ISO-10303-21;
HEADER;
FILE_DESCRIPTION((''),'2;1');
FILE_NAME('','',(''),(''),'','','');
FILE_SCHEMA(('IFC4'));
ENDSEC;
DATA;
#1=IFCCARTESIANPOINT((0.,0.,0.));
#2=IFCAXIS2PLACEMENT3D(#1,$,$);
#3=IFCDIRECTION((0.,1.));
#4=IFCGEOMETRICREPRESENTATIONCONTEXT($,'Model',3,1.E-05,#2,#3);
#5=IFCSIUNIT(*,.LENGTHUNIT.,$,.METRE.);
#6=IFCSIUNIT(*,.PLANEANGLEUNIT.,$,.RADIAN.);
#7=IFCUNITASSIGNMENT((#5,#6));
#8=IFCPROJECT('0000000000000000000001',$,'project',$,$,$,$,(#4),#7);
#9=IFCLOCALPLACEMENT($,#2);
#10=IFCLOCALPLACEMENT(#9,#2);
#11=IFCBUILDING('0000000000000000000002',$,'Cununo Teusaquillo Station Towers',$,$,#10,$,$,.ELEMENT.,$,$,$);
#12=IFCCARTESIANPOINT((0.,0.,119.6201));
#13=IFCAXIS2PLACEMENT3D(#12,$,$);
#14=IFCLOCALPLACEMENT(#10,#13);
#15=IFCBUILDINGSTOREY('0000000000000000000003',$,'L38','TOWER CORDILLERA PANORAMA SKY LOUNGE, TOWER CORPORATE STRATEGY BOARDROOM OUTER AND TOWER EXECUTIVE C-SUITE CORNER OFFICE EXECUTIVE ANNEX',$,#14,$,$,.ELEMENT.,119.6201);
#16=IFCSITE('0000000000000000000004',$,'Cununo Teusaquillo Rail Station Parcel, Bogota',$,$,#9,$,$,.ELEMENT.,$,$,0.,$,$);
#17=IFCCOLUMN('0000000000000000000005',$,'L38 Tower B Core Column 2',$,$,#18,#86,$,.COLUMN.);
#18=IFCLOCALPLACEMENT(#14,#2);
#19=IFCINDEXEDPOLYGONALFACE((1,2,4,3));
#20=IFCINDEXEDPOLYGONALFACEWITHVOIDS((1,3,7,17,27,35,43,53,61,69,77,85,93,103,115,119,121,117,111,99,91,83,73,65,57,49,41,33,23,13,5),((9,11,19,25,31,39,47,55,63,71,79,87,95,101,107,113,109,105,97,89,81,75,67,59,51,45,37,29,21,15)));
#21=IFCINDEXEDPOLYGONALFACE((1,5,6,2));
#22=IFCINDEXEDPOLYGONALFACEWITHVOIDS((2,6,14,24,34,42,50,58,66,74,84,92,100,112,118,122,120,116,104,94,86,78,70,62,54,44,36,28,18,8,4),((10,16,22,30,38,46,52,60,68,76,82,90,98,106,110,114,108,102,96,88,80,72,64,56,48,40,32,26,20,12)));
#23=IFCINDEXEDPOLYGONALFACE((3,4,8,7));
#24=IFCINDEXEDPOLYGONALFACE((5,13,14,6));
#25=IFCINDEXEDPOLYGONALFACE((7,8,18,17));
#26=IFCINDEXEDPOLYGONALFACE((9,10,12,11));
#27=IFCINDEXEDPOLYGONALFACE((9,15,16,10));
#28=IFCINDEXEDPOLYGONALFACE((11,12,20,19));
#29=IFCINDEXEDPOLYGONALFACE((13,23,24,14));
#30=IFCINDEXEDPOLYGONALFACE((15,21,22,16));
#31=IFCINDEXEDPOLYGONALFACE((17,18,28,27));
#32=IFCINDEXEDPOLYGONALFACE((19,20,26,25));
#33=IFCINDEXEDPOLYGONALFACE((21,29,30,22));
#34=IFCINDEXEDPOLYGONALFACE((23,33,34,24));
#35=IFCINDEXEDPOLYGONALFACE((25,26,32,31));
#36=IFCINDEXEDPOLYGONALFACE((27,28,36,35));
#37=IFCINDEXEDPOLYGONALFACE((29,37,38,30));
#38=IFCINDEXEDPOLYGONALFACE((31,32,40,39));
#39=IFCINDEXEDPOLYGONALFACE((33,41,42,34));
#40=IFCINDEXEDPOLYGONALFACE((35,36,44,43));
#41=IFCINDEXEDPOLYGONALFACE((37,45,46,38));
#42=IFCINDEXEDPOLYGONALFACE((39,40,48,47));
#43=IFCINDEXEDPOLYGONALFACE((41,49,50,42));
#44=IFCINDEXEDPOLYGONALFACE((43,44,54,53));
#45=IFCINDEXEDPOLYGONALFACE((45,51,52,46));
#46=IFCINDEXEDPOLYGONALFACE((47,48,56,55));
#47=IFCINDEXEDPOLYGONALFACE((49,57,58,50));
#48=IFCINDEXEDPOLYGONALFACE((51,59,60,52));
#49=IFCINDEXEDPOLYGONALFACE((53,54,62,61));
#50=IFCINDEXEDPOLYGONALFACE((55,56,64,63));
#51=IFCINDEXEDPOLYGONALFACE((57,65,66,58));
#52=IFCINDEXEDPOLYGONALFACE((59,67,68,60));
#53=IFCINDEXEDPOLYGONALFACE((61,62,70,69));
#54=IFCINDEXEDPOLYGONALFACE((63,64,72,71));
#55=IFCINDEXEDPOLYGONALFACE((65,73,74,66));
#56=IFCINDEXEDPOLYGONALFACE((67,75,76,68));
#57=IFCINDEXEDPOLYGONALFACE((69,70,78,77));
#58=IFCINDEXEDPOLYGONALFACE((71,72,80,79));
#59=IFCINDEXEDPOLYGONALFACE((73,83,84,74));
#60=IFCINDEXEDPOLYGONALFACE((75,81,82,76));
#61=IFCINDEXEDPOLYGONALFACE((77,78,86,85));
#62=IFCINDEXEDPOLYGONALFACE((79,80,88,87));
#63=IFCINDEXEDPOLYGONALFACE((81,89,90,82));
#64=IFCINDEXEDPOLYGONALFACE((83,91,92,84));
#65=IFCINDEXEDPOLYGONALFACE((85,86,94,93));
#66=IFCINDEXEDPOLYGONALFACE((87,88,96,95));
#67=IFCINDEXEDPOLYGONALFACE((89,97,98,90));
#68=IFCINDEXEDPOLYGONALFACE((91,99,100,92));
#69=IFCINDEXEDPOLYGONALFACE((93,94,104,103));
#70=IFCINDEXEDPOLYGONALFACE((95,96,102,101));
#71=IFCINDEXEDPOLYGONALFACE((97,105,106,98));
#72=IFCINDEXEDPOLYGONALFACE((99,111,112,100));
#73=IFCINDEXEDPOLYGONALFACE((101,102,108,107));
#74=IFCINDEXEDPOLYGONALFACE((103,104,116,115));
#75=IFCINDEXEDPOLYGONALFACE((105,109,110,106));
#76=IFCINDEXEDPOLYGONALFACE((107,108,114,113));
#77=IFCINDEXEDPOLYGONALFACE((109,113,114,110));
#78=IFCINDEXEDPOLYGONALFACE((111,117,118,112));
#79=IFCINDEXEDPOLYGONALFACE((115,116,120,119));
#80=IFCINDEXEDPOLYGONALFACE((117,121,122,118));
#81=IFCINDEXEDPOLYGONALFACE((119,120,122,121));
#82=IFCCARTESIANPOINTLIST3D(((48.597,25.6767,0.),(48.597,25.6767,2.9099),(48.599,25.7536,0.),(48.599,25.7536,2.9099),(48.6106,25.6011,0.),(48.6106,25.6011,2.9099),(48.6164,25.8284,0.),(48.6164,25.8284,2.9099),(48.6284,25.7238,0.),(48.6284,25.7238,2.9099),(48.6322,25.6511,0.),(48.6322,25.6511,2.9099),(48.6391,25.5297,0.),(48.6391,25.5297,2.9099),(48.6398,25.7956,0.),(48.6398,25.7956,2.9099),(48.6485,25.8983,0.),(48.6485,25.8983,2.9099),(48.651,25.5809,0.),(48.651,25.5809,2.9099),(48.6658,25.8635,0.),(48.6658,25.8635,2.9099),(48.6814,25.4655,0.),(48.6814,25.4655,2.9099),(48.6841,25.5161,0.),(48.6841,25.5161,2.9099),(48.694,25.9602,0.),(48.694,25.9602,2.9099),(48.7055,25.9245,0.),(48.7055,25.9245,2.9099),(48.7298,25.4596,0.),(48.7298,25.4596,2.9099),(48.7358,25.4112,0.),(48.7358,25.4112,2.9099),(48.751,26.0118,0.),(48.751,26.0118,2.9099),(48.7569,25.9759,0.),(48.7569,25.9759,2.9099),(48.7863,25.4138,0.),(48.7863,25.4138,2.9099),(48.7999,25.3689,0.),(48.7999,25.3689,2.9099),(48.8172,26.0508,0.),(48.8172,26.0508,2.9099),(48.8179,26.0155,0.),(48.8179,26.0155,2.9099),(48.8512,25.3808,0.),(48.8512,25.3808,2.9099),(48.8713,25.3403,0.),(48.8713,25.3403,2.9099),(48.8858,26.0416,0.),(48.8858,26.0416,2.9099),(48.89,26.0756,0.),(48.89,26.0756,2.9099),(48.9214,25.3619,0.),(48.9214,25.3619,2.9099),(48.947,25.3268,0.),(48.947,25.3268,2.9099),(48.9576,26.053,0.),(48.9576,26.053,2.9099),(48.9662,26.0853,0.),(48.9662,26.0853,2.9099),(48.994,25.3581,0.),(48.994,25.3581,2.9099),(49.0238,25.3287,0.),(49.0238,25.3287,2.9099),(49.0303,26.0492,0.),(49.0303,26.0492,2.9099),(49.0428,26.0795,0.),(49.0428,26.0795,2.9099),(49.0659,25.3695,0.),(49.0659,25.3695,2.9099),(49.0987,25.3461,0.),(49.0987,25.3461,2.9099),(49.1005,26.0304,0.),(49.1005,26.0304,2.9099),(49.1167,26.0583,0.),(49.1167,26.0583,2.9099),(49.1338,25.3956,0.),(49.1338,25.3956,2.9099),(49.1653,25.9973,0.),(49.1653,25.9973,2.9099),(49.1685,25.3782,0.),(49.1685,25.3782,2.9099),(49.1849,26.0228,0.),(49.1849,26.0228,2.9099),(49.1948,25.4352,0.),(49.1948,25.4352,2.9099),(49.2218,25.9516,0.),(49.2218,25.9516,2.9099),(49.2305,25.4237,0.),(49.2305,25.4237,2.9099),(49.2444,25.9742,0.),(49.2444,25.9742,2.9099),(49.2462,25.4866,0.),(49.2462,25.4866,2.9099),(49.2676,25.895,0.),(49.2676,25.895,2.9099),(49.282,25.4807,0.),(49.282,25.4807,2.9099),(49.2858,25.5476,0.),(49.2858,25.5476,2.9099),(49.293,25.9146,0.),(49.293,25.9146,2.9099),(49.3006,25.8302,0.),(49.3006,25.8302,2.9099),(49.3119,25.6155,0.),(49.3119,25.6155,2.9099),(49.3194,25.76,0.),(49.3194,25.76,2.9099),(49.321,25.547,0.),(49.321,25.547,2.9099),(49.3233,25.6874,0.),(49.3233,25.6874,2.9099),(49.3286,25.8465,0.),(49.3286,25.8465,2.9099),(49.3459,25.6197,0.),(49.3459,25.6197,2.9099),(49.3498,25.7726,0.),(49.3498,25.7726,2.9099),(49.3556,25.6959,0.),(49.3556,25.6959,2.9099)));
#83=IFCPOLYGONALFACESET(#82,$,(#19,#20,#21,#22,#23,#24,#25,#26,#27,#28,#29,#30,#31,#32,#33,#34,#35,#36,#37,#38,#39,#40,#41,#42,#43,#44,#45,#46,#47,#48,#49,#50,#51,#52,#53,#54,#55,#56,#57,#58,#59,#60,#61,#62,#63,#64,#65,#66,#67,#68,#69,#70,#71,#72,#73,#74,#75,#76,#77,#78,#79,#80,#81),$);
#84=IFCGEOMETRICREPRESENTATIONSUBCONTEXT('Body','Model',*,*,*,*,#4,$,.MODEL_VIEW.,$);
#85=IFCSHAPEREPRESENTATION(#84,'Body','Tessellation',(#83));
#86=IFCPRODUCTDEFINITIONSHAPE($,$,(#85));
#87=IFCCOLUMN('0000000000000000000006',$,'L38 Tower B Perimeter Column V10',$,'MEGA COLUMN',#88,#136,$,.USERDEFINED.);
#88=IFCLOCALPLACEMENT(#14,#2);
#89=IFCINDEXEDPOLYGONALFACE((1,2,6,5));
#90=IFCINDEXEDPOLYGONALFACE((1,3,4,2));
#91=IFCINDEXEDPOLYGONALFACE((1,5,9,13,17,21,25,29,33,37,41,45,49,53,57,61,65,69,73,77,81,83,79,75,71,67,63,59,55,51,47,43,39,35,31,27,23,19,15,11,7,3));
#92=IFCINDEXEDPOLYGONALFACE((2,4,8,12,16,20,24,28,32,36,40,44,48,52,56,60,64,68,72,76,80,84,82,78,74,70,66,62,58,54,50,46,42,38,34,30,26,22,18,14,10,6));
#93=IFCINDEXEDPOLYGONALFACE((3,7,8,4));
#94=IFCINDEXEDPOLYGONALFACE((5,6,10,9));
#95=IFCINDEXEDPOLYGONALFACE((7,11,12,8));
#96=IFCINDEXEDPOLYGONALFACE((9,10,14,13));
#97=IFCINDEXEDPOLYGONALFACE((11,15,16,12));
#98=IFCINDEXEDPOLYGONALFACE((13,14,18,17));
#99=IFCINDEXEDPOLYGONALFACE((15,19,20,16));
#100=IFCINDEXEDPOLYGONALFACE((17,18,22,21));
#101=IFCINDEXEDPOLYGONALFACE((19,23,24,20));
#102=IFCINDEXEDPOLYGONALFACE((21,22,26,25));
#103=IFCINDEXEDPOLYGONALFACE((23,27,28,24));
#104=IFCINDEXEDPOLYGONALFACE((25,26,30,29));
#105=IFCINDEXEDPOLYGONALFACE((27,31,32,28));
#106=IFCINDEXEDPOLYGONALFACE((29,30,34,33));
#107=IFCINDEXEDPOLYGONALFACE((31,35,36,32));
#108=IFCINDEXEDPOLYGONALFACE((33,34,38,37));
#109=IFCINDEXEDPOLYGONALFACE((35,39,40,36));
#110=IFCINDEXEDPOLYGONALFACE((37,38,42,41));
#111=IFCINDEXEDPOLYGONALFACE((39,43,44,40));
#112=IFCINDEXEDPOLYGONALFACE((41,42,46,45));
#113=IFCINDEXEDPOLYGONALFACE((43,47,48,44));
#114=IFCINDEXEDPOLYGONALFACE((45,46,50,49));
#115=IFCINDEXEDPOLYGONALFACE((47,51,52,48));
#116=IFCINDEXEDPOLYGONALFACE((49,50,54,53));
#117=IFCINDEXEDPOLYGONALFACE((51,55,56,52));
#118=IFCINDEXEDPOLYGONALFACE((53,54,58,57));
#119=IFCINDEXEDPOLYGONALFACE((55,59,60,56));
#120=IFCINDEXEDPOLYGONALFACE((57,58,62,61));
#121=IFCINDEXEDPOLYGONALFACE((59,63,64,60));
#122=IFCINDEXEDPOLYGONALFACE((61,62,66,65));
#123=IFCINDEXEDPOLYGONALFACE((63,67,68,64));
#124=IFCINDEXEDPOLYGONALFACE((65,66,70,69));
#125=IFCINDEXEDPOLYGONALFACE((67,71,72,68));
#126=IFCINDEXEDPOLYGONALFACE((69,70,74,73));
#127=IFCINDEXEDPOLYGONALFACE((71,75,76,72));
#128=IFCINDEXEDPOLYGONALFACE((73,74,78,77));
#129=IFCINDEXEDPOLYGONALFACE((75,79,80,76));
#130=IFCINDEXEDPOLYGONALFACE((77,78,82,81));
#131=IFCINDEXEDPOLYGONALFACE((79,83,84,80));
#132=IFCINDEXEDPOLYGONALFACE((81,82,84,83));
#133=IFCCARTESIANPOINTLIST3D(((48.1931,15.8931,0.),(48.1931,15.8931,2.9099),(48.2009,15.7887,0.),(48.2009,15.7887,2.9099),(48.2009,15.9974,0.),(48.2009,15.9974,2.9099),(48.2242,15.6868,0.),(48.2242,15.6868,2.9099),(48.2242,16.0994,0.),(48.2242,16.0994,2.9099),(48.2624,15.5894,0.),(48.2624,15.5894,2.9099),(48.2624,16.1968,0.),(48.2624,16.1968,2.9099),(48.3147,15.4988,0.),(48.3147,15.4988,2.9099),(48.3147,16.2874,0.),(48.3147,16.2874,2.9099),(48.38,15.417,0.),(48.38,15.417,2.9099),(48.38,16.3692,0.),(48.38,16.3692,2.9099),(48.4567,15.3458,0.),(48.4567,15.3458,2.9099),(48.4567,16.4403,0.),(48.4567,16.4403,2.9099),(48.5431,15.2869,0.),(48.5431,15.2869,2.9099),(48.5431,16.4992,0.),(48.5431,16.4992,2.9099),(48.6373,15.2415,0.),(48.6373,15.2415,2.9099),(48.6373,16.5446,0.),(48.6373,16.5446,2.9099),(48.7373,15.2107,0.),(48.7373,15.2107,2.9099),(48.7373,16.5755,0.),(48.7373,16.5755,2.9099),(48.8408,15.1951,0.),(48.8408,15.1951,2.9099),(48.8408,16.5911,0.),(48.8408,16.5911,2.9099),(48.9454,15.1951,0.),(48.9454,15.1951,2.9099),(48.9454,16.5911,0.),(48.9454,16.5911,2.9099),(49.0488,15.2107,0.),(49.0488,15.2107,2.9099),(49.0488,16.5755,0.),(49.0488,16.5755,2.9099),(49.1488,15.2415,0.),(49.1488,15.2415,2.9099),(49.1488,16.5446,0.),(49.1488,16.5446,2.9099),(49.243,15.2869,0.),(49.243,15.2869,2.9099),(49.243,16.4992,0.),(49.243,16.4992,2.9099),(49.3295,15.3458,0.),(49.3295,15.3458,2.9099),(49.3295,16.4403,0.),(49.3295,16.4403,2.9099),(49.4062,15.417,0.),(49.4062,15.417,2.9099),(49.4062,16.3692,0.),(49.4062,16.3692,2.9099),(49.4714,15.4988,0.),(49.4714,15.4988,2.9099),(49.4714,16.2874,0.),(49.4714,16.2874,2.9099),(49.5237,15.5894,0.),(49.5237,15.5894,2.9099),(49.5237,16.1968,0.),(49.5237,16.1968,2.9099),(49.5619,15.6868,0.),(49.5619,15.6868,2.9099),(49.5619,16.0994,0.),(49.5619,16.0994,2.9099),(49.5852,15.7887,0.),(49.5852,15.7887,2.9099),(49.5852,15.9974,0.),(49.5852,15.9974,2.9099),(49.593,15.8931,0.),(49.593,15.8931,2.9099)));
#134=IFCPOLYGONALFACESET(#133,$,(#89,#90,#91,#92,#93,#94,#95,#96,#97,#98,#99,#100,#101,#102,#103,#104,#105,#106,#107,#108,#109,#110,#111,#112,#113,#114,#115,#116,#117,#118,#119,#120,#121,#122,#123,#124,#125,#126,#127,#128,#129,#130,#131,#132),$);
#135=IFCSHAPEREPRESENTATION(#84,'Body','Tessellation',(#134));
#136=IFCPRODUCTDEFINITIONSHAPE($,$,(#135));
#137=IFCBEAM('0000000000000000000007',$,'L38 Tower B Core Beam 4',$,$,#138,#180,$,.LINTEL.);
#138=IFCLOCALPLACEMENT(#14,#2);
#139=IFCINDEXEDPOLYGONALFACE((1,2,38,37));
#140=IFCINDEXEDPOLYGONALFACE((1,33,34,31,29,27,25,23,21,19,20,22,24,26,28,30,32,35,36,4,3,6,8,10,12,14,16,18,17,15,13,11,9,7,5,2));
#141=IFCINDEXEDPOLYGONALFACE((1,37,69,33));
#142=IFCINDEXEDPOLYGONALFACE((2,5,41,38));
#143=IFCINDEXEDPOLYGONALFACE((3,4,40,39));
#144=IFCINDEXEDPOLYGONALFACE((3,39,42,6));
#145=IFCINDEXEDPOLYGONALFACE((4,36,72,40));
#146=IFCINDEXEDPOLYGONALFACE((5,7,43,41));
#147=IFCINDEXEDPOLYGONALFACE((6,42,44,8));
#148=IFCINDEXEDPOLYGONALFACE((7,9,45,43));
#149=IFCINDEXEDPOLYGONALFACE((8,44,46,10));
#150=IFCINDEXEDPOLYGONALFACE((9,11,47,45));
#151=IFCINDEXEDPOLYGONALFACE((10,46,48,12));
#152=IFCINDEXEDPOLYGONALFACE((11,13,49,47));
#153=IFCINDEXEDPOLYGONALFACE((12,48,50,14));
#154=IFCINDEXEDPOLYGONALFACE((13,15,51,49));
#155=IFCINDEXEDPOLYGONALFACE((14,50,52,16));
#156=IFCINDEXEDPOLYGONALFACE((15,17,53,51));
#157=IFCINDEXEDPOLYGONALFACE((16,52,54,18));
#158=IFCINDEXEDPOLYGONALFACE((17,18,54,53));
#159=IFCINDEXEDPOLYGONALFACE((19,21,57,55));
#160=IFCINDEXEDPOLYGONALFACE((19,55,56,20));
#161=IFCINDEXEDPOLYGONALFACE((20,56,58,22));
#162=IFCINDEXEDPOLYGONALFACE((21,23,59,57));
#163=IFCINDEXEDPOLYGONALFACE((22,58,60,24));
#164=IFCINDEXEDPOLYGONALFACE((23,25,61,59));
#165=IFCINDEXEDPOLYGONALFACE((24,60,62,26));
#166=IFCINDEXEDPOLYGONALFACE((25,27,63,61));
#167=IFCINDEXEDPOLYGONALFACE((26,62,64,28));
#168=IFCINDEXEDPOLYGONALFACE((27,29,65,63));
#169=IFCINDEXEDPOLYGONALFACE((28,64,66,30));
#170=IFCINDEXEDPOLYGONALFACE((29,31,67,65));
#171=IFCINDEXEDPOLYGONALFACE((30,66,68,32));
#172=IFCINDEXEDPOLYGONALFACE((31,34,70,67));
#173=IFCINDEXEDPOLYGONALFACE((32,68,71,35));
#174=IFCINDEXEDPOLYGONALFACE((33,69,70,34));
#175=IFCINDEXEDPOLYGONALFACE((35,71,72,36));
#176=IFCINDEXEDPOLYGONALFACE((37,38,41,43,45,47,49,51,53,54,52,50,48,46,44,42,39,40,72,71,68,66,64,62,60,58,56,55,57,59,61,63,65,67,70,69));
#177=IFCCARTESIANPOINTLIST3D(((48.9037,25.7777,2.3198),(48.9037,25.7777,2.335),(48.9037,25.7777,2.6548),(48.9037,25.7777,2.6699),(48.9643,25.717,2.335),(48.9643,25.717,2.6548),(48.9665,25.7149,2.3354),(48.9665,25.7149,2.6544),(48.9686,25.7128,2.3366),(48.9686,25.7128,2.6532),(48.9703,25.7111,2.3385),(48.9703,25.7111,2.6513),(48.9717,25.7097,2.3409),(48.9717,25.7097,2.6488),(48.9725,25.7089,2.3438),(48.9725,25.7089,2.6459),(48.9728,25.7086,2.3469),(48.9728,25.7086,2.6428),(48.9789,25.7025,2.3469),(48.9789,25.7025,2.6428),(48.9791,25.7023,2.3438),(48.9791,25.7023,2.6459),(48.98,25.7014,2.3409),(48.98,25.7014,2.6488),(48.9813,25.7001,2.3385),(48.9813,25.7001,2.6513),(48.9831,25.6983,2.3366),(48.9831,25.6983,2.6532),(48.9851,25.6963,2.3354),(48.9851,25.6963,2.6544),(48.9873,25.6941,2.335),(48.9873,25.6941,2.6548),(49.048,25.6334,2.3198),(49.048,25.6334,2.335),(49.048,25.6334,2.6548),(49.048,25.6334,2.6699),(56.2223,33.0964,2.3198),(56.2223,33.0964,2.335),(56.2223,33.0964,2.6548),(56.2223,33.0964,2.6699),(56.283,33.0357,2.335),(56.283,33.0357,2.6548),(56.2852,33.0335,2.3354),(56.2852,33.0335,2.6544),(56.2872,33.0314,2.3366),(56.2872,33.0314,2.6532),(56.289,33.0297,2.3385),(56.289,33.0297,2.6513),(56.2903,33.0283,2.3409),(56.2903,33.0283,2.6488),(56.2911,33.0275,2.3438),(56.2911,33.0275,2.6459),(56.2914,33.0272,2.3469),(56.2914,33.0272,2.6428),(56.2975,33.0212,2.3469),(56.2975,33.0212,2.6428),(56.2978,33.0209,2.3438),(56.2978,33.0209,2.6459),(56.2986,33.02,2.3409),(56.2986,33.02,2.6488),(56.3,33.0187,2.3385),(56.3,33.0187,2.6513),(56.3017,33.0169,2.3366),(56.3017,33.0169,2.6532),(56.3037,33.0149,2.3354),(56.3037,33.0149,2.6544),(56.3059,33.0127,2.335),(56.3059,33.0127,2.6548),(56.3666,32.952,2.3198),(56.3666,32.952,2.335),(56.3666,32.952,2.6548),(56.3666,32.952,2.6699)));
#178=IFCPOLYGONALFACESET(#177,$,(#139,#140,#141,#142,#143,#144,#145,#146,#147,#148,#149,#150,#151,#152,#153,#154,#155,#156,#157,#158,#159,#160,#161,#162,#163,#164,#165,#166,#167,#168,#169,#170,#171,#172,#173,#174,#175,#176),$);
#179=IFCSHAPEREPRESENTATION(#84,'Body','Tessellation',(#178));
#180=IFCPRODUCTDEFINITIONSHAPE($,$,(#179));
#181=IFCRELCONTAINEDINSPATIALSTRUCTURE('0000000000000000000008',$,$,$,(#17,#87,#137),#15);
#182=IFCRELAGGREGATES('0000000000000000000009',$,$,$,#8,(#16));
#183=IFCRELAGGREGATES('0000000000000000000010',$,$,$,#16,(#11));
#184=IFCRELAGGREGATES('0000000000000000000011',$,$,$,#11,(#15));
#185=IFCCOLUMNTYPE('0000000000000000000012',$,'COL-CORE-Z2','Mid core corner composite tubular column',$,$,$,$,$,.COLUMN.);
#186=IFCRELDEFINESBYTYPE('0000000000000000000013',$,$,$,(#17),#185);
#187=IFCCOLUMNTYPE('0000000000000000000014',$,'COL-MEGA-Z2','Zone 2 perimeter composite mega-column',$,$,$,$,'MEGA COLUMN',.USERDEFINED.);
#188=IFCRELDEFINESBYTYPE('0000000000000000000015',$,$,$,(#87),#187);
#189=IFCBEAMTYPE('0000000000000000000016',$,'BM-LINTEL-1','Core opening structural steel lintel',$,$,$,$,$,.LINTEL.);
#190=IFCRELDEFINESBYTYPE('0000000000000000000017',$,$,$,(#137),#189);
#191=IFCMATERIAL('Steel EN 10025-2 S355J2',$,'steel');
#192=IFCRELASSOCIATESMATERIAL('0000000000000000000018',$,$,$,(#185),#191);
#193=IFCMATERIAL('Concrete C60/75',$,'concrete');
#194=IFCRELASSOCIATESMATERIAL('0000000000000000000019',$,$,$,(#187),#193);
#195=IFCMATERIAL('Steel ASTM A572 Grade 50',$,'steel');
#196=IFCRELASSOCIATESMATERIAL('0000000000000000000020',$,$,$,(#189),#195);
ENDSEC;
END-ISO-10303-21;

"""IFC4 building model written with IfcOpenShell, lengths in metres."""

from ifc_helpers import new_model, si_unit, direction, frame, origin, origin_2d, place, context, subcontext, project, spatial, circle, hollow_circle, i_section, extrude, material, material_profile, profile_set, type_object, element, save


model = new_model("IFC4")

# Units and contexts
model_context = context("Model", 3, precision=1e-05, world=origin(), true_north=direction((0.0, 1.0)))
body_context = subcontext(model_context, "Body", "Model", "MODEL_VIEW")
ifc_project = project(units=[si_unit("LENGTHUNIT", "METRE"), si_unit("PLANEANGLEUNIT", "RADIAN")], contexts=[model_context])

# Site, building, storey
site_placement = place(None, origin())
site = spatial("IfcSite", under=ifc_project, at=site_placement, Name="Cununo Teusaquillo Rail Station Parcel, Bogota", CompositionType="ELEMENT", RefElevation=0.0)
building_placement = place(site_placement, origin())
building = spatial("IfcBuilding", under=site, at=building_placement, Name="Cununo Teusaquillo Station Towers", CompositionType="ELEMENT")
storey_placement = place(building_placement, frame((0.0, 0.0, 119.6201)))
storey = spatial("IfcBuildingStorey", under=building, at=storey_placement, Name="L38", Description="TOWER CORDILLERA PANORAMA SKY LOUNGE, TOWER CORPORATE STRATEGY BOARDROOM OUTER AND TOWER EXECUTIVE C-SUITE CORNER OFFICE EXECUTIVE ANNEX", CompositionType="ELEMENT", Elevation=119.6201)

# Columns
ifc_material_1 = material(Name="Steel EN 10025-2 S355J2", Category="steel")
ifc_material_profile_1 = material_profile(ifc_material_1, hollow_circle(Radius=0.3799, WallThickness=0.032, at=origin_2d()), Name="CHS 760x32")
ifc_profile_set_1 = profile_set([ifc_material_profile_1], Name="Steel EN 10025-2 S355J2")
column_type_1 = type_object("IfcColumnType", Name="COL-CORE-Z2", Description="Mid core corner composite tubular column", PredefinedType="COLUMN", material=ifc_profile_set_1)
column_1_placement = place(storey_placement, frame((48.9758, 25.7056, 0.0), z_axis=(0.0, 0.0, 1.0), x_axis=(0.707107, 0.707107, 0.0)))
element("IfcColumn", 1, at=column_1_placement, inside=storey, type_object=column_type_1, Name="L38 Tower B Core Column 2", PredefinedType="COLUMN", context=body_context, shape_type="SweptSolid", body=[
    extrude(hollow_circle(Radius=0.3799, WallThickness=0.032, at=origin_2d()), origin(), (0.0, 0.0, 1.0), 2.9099),
])
ifc_material_2 = material(Name="Concrete C60/75", Category="concrete")
ifc_material_profile_2 = material_profile(ifc_material_2, circle(Radius=0.7, at=origin_2d()), Name="RC-CIRC-1400")
ifc_profile_set_2 = profile_set([ifc_material_profile_2], Name="Concrete C60/75")
column_type_2 = type_object("IfcColumnType", Name="COL-MEGA-Z2", Description="Zone 2 perimeter composite mega-column", ElementType="MEGA COLUMN", PredefinedType="USERDEFINED", material=ifc_profile_set_2)
column_2_placement = place(storey_placement, frame((48.8931, 15.8931, 0.0), z_axis=(0.0, 0.0, 1.0), x_axis=(1.0, 0.0, 0.0)))
element("IfcColumn", 2, at=column_2_placement, inside=storey, type_object=column_type_2, Name="L38 Tower B Perimeter Column V10", ObjectType="MEGA COLUMN", PredefinedType="USERDEFINED", context=body_context, shape_type="SweptSolid", body=[
    extrude(circle(Radius=0.7, at=origin_2d()), origin(), (0.0, 0.0, 1.0), 2.9099),
])

# Beam
ifc_material_3 = material(Name="Steel ASTM A572 Grade 50", Category="steel")
ifc_material_profile_3 = material_profile(ifc_material_3, i_section(OverallWidth=0.2041, OverallDepth=0.3501, WebThickness=0.0085, FlangeThickness=0.0151, FilletRadius=0.012, at=origin_2d()), Name="W14X48")
ifc_profile_set_3 = profile_set([ifc_material_profile_3], Name="Steel ASTM A572 Grade 50")
beam_type_1 = type_object("IfcBeamType", Name="BM-LINTEL-1", Description="Core opening structural steel lintel", PredefinedType="LINTEL", material=ifc_profile_set_3)
beam_1_placement = place(storey_placement, frame((48.9758, 25.7056, 2.4949), z_axis=(0.707107, 0.707107, 0.0), x_axis=(-0.707107, 0.707107, 0.0)))
element("IfcBeam", 3, at=beam_1_placement, inside=storey, type_object=beam_type_1, Name="L38 Tower B Core Beam 4", PredefinedType="LINTEL", context=body_context, shape_type="SweptSolid", body=[
    extrude(i_section(OverallWidth=0.2041, OverallDepth=0.3501, WebThickness=0.0085, FlangeThickness=0.0151, FilletRadius=0.012, at=origin_2d()), origin(), (0.0, 0.0, 1.0), 10.3501),
])

save(model, "model.ifc")
